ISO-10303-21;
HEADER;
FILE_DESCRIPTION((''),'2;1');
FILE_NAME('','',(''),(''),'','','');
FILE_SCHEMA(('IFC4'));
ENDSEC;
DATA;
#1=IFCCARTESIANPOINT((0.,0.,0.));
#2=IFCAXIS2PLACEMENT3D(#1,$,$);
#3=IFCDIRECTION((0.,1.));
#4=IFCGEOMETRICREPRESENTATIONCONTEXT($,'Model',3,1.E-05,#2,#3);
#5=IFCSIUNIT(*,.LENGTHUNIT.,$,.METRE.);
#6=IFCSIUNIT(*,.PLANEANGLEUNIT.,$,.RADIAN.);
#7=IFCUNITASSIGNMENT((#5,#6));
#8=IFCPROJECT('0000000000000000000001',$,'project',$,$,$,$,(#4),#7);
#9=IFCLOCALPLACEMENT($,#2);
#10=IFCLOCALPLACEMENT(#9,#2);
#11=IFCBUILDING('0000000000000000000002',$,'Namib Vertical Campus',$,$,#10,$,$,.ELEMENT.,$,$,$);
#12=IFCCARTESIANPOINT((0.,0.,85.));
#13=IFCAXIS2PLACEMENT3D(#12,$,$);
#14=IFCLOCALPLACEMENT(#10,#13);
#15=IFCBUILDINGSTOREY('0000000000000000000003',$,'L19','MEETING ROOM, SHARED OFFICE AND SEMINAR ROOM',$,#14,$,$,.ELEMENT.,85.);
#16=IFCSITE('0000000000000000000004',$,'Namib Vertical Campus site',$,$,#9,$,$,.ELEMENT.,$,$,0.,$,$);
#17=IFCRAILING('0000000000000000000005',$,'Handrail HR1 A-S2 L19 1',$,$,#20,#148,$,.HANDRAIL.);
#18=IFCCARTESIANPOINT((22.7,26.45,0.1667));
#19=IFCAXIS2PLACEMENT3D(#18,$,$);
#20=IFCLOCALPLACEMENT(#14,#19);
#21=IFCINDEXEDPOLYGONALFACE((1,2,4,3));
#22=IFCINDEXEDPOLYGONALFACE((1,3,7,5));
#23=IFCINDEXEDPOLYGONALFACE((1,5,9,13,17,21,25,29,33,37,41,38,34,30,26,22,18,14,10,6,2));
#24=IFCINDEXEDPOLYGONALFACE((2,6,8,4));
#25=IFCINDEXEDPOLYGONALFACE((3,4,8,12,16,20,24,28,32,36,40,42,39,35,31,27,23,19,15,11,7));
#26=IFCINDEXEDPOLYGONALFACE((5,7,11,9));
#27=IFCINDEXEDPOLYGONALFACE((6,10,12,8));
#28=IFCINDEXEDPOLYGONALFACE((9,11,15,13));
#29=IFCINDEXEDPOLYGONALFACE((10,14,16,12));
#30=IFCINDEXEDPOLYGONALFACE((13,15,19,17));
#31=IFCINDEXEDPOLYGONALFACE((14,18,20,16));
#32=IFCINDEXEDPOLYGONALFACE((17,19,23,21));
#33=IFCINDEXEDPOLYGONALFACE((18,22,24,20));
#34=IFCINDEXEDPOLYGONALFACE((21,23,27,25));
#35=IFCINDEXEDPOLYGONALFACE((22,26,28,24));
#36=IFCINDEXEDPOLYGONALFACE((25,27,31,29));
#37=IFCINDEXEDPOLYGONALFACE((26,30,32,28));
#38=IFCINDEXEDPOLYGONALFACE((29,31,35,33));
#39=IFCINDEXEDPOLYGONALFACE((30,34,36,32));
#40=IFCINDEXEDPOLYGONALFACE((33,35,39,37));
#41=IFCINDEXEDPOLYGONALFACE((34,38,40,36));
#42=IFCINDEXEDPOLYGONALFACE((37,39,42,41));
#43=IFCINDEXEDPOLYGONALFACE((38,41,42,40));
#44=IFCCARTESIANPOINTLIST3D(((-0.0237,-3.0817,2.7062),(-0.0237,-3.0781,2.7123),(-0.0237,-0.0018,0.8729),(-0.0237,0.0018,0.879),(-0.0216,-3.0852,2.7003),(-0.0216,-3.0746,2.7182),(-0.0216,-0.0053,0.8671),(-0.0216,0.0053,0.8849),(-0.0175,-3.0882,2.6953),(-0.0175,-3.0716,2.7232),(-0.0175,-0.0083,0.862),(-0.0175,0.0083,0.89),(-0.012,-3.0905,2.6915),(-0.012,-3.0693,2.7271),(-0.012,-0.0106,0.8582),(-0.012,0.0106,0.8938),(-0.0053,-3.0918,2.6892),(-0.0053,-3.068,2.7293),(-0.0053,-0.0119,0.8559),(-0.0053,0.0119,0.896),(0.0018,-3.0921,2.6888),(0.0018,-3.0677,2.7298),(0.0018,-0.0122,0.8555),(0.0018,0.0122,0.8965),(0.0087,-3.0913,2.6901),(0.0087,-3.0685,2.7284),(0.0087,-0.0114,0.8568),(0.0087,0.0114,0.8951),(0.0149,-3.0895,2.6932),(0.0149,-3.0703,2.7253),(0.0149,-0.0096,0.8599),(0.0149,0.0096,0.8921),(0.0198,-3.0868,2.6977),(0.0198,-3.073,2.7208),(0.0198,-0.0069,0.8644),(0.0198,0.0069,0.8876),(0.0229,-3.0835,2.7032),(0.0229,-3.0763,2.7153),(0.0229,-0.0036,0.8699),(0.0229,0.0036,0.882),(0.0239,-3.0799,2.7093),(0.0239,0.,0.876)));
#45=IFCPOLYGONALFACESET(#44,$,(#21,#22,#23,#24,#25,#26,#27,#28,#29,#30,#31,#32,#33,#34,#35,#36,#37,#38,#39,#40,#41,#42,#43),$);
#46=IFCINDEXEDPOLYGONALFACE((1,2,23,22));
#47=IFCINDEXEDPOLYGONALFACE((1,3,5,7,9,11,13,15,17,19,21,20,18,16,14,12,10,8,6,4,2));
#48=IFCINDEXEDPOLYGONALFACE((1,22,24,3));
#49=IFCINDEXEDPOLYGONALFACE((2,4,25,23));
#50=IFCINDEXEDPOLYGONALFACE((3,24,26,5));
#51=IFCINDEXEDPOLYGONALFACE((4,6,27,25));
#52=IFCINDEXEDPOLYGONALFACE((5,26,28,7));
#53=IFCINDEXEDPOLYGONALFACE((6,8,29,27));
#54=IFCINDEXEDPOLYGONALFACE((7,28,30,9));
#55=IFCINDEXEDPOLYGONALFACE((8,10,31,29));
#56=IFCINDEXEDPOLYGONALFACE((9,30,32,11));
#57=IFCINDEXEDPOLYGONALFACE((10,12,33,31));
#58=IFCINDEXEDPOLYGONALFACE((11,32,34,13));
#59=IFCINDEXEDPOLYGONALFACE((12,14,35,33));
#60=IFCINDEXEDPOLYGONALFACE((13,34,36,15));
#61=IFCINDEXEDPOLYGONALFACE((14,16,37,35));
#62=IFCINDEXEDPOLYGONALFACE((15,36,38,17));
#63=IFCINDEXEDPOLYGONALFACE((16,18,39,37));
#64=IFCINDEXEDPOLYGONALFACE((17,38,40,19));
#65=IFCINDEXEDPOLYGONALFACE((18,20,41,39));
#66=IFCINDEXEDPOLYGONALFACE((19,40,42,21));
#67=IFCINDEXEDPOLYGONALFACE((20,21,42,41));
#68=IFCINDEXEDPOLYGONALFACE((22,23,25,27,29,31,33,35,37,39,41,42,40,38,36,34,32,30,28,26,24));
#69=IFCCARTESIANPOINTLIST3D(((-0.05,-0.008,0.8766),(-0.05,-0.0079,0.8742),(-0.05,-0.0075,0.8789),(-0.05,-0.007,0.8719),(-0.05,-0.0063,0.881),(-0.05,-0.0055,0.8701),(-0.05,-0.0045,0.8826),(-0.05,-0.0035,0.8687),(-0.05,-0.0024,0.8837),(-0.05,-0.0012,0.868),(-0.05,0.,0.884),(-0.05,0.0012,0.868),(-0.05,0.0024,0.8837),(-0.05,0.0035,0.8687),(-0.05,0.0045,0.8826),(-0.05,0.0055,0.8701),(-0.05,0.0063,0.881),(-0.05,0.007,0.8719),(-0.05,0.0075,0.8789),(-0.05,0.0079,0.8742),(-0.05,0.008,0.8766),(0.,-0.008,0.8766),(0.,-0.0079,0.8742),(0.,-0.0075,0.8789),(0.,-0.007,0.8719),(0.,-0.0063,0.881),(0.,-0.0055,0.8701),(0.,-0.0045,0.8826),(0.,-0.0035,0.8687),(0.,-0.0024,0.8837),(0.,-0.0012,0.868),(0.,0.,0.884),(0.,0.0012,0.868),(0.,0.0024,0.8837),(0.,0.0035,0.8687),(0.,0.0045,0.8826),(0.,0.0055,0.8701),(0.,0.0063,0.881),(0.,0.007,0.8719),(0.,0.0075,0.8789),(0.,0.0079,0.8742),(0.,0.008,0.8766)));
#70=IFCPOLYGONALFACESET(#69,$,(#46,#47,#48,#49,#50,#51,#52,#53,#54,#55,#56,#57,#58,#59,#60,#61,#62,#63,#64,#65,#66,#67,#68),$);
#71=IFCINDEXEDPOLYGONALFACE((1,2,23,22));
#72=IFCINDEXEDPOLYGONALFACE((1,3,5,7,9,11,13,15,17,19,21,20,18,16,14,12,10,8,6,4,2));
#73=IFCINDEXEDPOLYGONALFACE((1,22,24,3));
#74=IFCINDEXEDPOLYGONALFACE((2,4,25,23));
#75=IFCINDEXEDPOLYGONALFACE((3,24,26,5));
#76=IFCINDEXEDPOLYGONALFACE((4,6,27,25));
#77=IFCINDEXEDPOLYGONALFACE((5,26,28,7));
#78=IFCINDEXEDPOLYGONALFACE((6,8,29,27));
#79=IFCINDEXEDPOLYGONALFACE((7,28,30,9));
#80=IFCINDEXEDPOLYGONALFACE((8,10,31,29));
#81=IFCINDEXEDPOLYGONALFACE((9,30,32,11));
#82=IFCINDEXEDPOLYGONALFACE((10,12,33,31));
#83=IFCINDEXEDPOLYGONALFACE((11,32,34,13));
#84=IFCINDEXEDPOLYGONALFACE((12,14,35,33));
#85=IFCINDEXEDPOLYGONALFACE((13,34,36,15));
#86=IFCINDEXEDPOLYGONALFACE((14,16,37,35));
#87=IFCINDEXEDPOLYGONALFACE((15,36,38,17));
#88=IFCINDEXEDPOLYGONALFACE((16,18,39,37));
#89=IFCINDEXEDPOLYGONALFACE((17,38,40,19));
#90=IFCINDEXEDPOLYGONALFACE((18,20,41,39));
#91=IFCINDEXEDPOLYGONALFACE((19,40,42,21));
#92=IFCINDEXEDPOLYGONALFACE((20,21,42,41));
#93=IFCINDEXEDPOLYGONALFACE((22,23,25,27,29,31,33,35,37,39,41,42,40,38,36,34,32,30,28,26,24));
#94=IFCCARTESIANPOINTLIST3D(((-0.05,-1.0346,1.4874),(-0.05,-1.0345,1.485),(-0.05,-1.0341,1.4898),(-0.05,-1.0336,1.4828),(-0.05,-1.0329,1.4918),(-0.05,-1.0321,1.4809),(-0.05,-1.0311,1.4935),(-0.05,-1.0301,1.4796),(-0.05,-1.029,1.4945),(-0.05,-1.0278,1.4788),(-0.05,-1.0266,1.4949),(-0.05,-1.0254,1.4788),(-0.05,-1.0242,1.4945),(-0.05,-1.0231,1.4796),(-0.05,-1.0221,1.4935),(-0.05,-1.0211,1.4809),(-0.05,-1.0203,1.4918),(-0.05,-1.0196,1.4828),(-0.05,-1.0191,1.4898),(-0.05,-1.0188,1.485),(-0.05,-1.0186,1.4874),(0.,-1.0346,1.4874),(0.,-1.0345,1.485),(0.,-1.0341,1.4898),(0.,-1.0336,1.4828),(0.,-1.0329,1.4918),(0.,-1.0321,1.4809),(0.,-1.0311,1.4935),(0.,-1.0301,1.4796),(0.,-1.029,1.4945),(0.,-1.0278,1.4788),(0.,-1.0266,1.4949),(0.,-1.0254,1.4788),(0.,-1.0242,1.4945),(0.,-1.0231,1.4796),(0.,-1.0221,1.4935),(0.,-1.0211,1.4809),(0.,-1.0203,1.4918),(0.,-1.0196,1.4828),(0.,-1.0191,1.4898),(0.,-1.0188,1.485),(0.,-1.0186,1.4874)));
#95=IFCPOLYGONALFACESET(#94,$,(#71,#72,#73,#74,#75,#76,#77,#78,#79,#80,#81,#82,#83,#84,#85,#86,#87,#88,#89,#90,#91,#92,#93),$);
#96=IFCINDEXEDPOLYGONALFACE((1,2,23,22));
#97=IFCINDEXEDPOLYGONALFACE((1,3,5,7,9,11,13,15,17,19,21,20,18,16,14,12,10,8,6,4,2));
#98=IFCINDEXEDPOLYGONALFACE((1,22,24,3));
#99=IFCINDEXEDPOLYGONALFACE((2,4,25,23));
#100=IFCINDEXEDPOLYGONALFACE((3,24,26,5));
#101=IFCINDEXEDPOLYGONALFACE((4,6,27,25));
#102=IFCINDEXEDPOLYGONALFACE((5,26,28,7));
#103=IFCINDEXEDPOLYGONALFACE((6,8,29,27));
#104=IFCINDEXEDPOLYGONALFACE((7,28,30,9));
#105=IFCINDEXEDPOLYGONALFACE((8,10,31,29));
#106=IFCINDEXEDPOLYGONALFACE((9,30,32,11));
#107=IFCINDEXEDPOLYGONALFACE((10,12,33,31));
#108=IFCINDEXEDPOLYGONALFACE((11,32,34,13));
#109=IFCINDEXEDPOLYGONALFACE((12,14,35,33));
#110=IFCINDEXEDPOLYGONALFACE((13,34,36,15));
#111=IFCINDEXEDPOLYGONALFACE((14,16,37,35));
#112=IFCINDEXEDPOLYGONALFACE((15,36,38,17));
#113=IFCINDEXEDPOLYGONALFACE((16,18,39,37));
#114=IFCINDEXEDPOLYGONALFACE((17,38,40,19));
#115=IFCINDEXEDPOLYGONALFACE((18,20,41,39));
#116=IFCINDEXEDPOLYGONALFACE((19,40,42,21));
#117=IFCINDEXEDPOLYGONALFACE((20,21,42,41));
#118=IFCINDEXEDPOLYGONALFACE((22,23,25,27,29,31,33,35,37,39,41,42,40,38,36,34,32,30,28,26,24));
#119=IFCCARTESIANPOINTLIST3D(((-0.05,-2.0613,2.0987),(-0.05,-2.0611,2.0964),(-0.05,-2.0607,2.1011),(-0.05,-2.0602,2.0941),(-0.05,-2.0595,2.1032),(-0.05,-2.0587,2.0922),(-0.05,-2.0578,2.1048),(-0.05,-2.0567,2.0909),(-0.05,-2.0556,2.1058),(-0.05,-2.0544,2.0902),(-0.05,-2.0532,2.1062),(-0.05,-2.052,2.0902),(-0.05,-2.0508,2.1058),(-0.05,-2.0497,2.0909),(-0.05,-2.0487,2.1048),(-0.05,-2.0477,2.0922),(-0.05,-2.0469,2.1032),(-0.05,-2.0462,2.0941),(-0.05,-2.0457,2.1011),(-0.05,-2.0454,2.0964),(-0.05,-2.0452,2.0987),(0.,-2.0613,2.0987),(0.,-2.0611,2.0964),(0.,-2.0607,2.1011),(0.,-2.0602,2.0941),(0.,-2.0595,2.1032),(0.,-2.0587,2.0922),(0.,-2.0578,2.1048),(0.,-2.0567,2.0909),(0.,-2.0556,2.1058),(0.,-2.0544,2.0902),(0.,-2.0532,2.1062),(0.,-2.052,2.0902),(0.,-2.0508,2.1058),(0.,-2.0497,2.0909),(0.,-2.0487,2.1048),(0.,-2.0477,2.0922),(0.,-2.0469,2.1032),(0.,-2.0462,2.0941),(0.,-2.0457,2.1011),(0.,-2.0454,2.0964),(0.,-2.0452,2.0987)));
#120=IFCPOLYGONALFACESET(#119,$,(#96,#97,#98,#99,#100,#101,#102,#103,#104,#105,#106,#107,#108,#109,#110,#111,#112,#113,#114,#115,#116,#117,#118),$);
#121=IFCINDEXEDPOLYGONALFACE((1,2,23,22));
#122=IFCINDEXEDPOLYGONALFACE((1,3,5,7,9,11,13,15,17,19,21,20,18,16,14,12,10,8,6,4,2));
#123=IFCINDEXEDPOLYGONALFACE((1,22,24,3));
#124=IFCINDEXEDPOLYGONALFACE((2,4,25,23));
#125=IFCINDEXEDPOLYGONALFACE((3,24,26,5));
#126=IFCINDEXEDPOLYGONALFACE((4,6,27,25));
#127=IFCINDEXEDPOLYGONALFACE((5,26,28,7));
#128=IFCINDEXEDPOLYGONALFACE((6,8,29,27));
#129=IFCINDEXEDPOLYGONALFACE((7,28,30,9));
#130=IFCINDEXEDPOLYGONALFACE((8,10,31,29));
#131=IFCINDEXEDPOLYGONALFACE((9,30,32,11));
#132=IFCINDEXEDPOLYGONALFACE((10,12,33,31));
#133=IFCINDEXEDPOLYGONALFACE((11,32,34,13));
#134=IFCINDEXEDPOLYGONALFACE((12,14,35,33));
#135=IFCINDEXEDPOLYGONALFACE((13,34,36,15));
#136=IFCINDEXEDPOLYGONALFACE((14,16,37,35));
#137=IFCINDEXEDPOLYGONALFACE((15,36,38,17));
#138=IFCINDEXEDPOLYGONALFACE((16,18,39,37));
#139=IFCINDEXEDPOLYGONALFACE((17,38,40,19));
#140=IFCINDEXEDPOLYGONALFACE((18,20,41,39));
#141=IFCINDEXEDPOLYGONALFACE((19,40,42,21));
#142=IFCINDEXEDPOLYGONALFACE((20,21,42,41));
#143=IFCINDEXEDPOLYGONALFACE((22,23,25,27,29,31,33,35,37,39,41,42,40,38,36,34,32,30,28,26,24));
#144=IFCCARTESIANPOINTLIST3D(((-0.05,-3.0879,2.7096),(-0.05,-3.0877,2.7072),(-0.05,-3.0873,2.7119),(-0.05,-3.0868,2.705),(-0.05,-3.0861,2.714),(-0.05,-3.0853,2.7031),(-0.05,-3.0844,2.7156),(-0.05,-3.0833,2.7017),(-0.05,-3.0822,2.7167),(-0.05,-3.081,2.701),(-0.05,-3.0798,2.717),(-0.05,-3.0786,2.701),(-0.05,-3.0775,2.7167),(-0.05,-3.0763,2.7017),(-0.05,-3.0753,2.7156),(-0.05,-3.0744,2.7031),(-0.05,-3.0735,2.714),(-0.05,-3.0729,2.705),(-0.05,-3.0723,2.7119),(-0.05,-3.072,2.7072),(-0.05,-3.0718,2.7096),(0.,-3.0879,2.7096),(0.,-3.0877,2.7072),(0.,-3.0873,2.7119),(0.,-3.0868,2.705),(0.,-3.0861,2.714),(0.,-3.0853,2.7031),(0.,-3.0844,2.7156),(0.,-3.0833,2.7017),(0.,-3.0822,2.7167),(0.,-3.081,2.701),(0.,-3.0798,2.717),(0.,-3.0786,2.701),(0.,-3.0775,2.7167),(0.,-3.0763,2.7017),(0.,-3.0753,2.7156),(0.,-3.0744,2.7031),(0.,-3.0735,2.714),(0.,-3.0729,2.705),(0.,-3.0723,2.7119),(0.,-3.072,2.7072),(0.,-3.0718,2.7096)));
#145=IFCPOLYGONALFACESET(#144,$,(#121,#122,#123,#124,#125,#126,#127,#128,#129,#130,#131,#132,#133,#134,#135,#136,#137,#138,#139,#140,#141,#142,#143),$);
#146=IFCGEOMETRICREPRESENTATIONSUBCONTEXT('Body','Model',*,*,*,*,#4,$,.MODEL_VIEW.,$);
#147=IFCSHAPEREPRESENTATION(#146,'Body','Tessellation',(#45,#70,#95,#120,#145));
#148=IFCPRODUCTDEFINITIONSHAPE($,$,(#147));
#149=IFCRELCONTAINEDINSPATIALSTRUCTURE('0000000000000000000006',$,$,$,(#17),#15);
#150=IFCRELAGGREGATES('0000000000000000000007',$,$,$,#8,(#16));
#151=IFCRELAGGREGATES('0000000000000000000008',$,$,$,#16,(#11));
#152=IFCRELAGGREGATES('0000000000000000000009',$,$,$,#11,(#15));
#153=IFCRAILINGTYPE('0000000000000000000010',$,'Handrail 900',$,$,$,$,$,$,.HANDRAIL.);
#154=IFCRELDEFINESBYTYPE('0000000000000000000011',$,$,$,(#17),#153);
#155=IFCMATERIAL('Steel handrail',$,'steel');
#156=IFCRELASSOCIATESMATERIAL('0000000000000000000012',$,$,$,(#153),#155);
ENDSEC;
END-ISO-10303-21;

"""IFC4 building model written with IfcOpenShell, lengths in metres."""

from ifc_helpers import new_model, si_unit, direction, frame, origin, origin_2d, place, context, subcontext, project, spatial, circle, extrude, material, type_object, element, save


model = new_model("IFC4")

# Units and contexts
model_context = context("Model", 3, precision=1e-05, world=origin(), true_north=direction((0.0, 1.0)))
body_context = subcontext(model_context, "Body", "Model", "MODEL_VIEW")
ifc_project = project(units=[si_unit("LENGTHUNIT", "METRE"), si_unit("PLANEANGLEUNIT", "RADIAN")], contexts=[model_context])

# Site, building, storey
site_placement = place(None, origin())
site = spatial("IfcSite", under=ifc_project, at=site_placement, Name="Namib Vertical Campus site", CompositionType="ELEMENT", RefElevation=0.0)
building_placement = place(site_placement, origin())
building = spatial("IfcBuilding", under=site, at=building_placement, Name="Namib Vertical Campus", CompositionType="ELEMENT")
storey_placement = place(building_placement, frame((0.0, 0.0, 85.0)))
storey = spatial("IfcBuildingStorey", under=building, at=storey_placement, Name="L19", Description="MEETING ROOM, SHARED OFFICE AND SEMINAR ROOM", CompositionType="ELEMENT", Elevation=85.0)

# Railing
ifc_material_1 = material(Name="Steel handrail", Category="steel")
railing_type_1 = type_object("IfcRailingType", Name="Handrail 900", PredefinedType="HANDRAIL", material=ifc_material_1)
railing_1_placement = place(storey_placement, frame((22.7, 26.45, 0.1667)))
element("IfcRailing", 1, at=railing_1_placement, inside=storey, type_object=railing_type_1, Name="Handrail HR1 A-S2 L19 1", PredefinedType="HANDRAIL", context=body_context, shape_type="SweptSolid", body=[
    extrude(circle(Radius=0.0239, at=origin_2d()), frame((0.0, 0.0, 0.876), z_axis=(0.0, -0.859291, 0.511487), x_axis=(1.0, 0.0, 0.0)), (0.0, 0.0, 1.0), 3.5842),
    extrude(circle(Radius=0.0081, at=origin_2d()), frame((0.0, 0.0, 0.876), z_axis=(-1.0, 0.0, 0.0), x_axis=(0.0, 0.0, 1.0)), (0.0, 0.0, 1.0), 0.05),
    extrude(circle(Radius=0.0081, at=origin_2d()), frame((0.0, -1.0266, 1.4868), z_axis=(-1.0, 0.0, 0.0), x_axis=(0.0, 0.0, 1.0)), (0.0, 0.0, 1.0), 0.05),
    extrude(circle(Radius=0.0081, at=origin_2d()), frame((0.0, -2.0532, 2.0981), z_axis=(-1.0, 0.0, 0.0), x_axis=(0.0, 0.0, 1.0)), (0.0, 0.0, 1.0), 0.05),
    extrude(circle(Radius=0.0081, at=origin_2d()), frame((0.0, -3.0798, 2.709), z_axis=(-1.0, 0.0, 0.0), x_axis=(0.0, 0.0, 1.0)), (0.0, 0.0, 1.0), 0.05),
])

save(model, "model.ifc")
